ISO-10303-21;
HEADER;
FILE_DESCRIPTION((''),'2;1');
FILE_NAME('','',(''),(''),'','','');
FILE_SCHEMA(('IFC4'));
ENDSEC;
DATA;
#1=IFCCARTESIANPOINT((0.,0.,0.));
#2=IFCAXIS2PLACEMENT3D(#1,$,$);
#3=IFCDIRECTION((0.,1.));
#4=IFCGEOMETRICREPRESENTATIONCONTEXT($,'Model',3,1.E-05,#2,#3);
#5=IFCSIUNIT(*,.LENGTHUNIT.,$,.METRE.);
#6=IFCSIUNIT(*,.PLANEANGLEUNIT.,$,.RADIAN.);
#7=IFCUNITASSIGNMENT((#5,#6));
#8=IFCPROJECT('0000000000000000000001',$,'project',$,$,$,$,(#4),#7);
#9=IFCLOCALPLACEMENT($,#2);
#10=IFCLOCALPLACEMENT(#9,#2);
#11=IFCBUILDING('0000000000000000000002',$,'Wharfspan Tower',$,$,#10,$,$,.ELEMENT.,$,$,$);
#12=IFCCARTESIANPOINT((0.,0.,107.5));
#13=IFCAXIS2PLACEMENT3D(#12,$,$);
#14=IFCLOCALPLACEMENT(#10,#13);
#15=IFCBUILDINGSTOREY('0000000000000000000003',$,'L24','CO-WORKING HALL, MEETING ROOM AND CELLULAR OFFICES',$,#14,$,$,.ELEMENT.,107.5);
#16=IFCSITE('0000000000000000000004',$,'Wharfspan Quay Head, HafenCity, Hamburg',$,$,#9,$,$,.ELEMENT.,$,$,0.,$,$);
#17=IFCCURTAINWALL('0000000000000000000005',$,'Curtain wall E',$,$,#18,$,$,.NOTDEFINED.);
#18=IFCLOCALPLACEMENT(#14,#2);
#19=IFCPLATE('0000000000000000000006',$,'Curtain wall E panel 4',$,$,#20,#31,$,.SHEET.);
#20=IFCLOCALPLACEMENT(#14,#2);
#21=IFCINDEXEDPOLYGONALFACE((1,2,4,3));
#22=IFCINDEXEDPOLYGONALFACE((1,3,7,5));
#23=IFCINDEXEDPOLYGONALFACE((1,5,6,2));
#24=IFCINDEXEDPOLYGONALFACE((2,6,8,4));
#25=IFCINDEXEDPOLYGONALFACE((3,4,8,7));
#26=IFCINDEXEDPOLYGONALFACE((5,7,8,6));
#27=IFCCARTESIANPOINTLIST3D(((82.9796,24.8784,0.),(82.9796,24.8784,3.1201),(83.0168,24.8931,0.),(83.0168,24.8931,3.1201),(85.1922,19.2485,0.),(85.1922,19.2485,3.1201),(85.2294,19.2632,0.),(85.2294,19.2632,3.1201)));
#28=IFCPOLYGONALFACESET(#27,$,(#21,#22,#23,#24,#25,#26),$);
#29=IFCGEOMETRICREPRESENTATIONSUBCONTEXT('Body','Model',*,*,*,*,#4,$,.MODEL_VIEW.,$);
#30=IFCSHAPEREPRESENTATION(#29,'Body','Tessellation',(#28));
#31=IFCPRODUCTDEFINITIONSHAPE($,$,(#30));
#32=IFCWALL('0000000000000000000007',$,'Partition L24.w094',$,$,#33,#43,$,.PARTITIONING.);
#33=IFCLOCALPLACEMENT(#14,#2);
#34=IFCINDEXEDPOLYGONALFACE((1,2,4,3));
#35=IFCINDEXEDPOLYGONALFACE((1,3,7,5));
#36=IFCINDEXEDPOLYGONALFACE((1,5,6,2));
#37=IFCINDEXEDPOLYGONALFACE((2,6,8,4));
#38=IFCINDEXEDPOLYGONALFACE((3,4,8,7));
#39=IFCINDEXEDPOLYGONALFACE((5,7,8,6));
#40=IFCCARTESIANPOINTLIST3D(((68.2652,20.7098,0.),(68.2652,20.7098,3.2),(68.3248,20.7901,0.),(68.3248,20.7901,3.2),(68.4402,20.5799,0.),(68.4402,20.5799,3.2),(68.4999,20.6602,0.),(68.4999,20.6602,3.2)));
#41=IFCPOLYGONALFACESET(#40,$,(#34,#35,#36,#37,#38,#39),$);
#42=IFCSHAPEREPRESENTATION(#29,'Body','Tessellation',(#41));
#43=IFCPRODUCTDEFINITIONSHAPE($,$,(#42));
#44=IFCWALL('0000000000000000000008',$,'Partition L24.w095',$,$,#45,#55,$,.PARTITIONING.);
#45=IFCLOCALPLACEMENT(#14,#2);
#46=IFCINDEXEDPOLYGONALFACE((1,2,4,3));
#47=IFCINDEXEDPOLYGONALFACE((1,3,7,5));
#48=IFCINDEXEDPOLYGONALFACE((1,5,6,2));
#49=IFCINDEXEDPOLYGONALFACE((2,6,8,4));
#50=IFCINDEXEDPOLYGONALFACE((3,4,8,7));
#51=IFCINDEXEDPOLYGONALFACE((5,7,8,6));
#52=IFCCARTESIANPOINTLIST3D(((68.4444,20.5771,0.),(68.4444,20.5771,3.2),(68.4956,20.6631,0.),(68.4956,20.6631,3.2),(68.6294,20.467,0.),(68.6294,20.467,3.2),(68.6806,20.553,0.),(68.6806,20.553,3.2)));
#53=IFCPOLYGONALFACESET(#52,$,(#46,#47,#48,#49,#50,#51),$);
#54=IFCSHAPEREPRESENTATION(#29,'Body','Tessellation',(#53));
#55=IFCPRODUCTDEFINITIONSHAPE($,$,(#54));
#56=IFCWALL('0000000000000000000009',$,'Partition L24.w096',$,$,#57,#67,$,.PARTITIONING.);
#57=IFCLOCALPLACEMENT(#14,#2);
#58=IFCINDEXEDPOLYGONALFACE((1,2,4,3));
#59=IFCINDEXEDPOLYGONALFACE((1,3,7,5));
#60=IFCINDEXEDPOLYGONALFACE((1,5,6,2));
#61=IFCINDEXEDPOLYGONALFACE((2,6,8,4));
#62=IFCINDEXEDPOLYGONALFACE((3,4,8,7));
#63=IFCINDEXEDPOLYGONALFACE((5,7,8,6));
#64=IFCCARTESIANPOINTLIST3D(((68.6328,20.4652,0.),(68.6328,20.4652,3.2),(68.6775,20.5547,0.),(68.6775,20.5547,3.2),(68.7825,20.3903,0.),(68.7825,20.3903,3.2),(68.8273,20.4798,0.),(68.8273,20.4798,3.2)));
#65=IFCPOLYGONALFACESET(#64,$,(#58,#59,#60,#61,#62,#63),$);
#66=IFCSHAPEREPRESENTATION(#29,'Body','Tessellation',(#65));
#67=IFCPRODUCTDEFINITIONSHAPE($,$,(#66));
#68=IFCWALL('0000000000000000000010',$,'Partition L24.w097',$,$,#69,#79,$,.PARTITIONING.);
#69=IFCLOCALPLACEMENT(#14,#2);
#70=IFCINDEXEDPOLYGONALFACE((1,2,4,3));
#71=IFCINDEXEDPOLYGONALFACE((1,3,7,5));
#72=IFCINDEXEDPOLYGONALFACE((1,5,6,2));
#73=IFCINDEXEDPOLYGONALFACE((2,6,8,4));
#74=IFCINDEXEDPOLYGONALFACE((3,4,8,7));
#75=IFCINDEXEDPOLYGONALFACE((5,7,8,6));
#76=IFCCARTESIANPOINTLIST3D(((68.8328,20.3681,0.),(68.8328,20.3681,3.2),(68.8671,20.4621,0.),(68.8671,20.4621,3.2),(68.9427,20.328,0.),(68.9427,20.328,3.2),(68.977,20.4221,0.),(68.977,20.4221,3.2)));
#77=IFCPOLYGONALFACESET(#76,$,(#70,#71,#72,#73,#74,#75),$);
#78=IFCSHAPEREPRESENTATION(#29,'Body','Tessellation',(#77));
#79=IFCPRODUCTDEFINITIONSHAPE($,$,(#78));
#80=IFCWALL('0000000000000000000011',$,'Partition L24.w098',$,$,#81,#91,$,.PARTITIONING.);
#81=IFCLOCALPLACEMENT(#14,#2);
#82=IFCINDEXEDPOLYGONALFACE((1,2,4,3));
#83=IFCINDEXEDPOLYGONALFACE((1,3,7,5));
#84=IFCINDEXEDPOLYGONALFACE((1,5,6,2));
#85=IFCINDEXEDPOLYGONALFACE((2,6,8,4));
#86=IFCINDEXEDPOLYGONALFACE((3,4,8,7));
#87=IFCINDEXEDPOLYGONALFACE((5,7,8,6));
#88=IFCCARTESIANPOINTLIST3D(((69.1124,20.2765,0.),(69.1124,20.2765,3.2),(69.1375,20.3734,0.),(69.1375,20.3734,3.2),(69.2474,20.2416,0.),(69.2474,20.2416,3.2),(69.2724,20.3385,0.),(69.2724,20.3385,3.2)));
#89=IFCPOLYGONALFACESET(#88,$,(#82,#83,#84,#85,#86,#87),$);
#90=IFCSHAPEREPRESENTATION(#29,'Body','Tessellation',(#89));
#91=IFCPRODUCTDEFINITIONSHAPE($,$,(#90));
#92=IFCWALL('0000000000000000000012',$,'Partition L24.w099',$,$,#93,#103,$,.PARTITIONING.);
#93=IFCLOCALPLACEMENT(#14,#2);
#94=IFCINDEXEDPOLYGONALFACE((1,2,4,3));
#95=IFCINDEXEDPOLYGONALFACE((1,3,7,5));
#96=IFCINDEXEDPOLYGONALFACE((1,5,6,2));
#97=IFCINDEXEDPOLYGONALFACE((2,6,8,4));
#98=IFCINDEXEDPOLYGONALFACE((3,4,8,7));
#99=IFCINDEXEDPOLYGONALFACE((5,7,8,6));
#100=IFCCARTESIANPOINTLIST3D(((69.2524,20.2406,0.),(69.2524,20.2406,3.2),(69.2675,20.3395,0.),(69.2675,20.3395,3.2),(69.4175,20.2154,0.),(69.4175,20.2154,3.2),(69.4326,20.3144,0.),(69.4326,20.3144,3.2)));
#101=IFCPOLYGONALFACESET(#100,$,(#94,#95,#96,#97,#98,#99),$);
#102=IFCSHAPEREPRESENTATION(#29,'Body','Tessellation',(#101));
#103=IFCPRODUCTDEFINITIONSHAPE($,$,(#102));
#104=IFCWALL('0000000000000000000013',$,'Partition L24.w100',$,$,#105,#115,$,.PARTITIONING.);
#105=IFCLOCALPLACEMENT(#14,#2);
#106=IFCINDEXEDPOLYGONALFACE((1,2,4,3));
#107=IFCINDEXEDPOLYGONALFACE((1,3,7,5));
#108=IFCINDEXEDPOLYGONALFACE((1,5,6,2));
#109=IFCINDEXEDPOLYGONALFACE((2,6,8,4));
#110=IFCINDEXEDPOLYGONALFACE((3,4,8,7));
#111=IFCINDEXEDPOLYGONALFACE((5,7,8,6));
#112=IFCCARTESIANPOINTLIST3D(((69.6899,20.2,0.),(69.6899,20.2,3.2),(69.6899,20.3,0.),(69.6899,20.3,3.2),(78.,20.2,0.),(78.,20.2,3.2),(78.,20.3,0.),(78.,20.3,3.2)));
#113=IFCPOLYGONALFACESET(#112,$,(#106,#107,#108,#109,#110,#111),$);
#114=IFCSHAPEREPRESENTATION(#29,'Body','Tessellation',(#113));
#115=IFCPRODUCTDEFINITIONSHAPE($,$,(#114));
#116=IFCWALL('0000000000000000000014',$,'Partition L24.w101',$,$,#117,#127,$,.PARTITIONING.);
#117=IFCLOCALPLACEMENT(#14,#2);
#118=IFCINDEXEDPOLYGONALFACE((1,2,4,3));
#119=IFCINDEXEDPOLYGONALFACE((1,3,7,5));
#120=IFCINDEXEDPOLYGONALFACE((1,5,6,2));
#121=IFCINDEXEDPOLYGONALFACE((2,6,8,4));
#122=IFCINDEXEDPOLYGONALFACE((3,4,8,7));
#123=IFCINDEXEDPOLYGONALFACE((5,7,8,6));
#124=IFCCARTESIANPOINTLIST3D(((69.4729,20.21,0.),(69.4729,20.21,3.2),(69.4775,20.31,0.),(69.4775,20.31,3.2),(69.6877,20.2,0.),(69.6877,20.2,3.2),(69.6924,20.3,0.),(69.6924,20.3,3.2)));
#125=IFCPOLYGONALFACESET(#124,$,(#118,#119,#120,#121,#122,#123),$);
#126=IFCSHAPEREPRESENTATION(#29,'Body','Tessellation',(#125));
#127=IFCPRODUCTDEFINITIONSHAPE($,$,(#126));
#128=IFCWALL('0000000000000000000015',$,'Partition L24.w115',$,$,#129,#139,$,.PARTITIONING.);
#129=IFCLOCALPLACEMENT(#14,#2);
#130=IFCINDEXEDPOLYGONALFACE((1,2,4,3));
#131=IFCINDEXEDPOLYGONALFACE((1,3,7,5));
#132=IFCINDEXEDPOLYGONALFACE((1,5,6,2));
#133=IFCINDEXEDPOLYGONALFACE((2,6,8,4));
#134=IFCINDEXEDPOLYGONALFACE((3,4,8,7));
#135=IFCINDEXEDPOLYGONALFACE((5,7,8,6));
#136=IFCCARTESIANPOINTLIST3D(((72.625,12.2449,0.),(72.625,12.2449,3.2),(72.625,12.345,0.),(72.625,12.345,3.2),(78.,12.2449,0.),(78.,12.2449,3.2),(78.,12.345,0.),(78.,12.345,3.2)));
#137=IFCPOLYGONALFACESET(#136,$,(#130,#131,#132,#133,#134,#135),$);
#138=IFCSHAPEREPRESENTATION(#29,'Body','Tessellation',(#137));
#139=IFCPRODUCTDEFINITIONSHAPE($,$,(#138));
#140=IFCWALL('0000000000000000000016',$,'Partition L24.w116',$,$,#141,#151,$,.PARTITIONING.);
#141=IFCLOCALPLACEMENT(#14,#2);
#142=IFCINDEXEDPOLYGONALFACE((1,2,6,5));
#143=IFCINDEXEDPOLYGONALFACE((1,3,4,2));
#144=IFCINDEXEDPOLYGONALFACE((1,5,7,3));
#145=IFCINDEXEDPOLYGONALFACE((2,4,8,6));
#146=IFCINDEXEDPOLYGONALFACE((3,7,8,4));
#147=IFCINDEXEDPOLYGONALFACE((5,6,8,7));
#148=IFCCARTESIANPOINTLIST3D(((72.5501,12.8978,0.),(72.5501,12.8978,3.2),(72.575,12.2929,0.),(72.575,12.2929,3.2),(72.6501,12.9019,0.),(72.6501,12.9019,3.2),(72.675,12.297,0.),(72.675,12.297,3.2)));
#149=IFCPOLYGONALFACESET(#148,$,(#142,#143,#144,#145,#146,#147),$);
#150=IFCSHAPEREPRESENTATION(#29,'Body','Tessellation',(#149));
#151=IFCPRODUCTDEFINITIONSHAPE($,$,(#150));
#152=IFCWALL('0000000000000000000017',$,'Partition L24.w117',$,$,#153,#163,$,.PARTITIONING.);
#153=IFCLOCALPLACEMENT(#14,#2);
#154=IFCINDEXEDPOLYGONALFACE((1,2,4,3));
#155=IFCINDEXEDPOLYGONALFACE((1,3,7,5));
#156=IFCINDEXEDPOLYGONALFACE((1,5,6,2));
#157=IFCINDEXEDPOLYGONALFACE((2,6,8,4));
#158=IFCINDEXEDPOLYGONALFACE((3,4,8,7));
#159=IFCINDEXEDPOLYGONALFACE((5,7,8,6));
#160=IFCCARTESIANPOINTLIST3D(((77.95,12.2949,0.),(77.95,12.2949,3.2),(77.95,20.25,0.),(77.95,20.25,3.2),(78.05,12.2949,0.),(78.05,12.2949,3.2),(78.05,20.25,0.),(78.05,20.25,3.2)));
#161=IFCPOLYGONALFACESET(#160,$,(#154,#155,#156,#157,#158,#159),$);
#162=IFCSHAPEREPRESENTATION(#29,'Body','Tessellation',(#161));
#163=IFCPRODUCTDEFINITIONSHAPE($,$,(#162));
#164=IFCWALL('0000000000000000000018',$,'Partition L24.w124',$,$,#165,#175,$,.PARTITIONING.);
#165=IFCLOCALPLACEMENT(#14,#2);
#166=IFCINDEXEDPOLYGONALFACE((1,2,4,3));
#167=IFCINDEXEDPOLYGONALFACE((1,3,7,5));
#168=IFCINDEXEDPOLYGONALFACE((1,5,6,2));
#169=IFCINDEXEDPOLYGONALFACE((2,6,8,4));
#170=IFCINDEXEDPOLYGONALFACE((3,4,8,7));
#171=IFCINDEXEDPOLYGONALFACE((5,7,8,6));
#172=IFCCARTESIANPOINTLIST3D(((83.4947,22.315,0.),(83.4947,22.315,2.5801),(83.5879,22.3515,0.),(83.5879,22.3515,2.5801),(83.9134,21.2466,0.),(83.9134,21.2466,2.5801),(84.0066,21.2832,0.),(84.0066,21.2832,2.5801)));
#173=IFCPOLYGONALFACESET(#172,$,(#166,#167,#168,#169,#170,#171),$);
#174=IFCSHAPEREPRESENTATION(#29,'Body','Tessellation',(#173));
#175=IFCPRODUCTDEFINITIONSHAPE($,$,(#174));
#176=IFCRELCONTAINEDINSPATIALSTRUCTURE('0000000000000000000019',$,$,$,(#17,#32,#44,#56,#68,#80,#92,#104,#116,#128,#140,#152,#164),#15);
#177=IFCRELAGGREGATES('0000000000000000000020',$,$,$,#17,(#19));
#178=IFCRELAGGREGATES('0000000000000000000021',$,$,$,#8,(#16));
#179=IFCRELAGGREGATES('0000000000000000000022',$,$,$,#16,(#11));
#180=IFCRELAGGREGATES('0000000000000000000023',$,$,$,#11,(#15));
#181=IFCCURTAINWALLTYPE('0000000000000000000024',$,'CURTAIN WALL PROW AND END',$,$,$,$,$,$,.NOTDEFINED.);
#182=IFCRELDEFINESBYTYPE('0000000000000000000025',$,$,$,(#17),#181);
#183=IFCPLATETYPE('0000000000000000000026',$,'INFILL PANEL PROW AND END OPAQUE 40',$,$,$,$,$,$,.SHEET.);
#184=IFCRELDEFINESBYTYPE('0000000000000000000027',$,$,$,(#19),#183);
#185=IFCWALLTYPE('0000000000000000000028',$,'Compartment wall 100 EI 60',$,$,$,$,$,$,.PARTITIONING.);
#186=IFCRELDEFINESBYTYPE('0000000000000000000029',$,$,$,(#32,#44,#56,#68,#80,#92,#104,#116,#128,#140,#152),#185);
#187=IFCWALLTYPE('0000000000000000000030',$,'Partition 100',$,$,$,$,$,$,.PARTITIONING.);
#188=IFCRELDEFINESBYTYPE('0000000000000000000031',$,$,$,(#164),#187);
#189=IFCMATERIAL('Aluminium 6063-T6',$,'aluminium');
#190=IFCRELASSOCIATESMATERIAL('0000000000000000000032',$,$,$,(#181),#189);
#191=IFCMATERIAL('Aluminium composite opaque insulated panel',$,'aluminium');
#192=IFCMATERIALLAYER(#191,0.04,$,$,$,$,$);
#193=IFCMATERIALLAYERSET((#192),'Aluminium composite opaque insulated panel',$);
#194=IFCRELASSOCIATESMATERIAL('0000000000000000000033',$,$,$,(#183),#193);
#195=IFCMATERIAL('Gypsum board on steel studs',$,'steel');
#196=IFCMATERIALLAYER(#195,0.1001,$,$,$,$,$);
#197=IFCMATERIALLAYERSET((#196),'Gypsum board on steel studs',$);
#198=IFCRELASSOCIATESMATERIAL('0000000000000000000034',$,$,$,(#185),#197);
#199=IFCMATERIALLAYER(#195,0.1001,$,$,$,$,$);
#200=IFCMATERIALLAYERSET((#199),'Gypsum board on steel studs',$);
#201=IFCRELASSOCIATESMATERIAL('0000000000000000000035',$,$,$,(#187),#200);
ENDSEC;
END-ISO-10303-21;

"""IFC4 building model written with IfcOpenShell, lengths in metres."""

from ifc_helpers import new_model, si_unit, direction, frame, frame_2d, origin, origin_2d, place, context, subcontext, project, spatial, rectangle, extrude, material, layer, layer_set, type_object, element, aggregate, save


model = new_model("IFC4")

# Units and contexts
model_context = context("Model", 3, precision=1e-05, world=origin(), true_north=direction((0.0, 1.0)))
body_context = subcontext(model_context, "Body", "Model", "MODEL_VIEW")
ifc_project = project(units=[si_unit("LENGTHUNIT", "METRE"), si_unit("PLANEANGLEUNIT", "RADIAN")], contexts=[model_context])

# Site, building, storey
site_placement = place(None, origin())
site = spatial("IfcSite", under=ifc_project, at=site_placement, Name="Wharfspan Quay Head, HafenCity, Hamburg", CompositionType="ELEMENT", RefElevation=0.0)
building_placement = place(site_placement, origin())
building = spatial("IfcBuilding", under=site, at=building_placement, Name="Wharfspan Tower", CompositionType="ELEMENT")
storey_placement = place(building_placement, frame((0.0, 0.0, 107.5)))
storey = spatial("IfcBuildingStorey", under=building, at=storey_placement, Name="L24", Description="CO-WORKING HALL, MEETING ROOM AND CELLULAR OFFICES", CompositionType="ELEMENT", Elevation=107.5)

# Curtain wall
ifc_material_1 = material(Name="Aluminium 6063-T6", Category="aluminium")
curtain_wall_type = type_object("IfcCurtainWallType", Name="CURTAIN WALL PROW AND END", PredefinedType="NOTDEFINED", material=ifc_material_1)
curtain_wall_placement = place(storey_placement, origin())
curtain_wall = element("IfcCurtainWall", 1, at=curtain_wall_placement, inside=storey, type_object=curtain_wall_type, Name="Curtain wall E", PredefinedType="NOTDEFINED")

# Plate
ifc_material_2 = material(Name="Aluminium composite opaque insulated panel", Category="aluminium")
ifc_layer_1 = layer(ifc_material_2, 0.04)
ifc_layer_set_1 = layer_set([ifc_layer_1], Name="Aluminium composite opaque insulated panel")
plate_type = type_object("IfcPlateType", Name="INFILL PANEL PROW AND END OPAQUE 40", PredefinedType="SHEET", material=ifc_layer_set_1)
plate_1_placement = place(storey_placement, frame((84.1045, 22.0708, 0.0), z_axis=(0.0, 0.0, 1.0), x_axis=(-0.365778, 0.930702, 0.0)))
plate_1 = element("IfcPlate", 2, at=plate_1_placement, type_object=plate_type, Name="Curtain wall E panel 4", PredefinedType="SHEET", context=body_context, shape_type="SweptSolid", body=[
    extrude(rectangle(XDim=6.0491, YDim=0.04, at=origin_2d()), origin(), (0.0, 0.0, 1.0), 3.1201),
])
aggregate(curtain_wall, [plate_1])

# Walls
ifc_material_3 = material(Name="Gypsum board on steel studs", Category="steel")
ifc_layer_2 = layer(ifc_material_3, 0.1001)
ifc_layer_set_2 = layer_set([ifc_layer_2], Name="Gypsum board on steel studs")
wall_type_1 = type_object("IfcWallType", Name="Compartment wall 100 EI 60", PredefinedType="PARTITIONING", material=ifc_layer_set_2)
wall_1_placement = place(storey_placement, frame((68.47, 20.6201, 0.0), z_axis=(0.0, 0.0, 1.0), x_axis=(-0.803079, 0.595869, 0.0)))
element("IfcWall", 3, at=wall_1_placement, inside=storey, type_object=wall_type_1, Name="Partition L24.w094", PredefinedType="PARTITIONING", context=body_context, shape_type="SweptSolid", body=[
    extrude(rectangle(XDim=0.218, YDim=0.1001, at=frame_2d((0.1089, 0.0))), origin(), (0.0, 0.0, 1.0), 3.2),
])
wall_2_placement = place(storey_placement, frame((68.655, 20.51, 0.0), z_axis=(0.0, 0.0, 1.0), x_axis=(-0.859387, 0.511324, 0.0)))
element("IfcWall", 4, at=wall_2_placement, inside=storey, type_object=wall_type_1, Name="Partition L24.w095", PredefinedType="PARTITIONING", context=body_context, shape_type="SweptSolid", body=[
    extrude(rectangle(XDim=0.2153, YDim=0.1001, at=frame_2d((0.1077, 0.0))), origin(), (0.0, 0.0, 1.0), 3.2),
])
wall_3_placement = place(storey_placement, frame((68.8049, 20.4351, 0.0), z_axis=(0.0, 0.0, 1.0), x_axis=(-0.894428, 0.447214, 0.0)))
element("IfcWall", 5, at=wall_3_placement, inside=storey, type_object=wall_type_1, Name="Partition L24.w096", PredefinedType="PARTITIONING", context=body_context, shape_type="SweptSolid", body=[
    extrude(rectangle(XDim=0.1675, YDim=0.1001, at=frame_2d((0.0837, 0.0))), origin(), (0.0, 0.0, 1.0), 3.2),
])
wall_4_placement = place(storey_placement, frame((68.96, 20.375, 0.0), z_axis=(0.0, 0.0, 1.0), x_axis=(-0.939545, 0.342412, 0.0)))
element("IfcWall", 6, at=wall_4_placement, inside=storey, type_object=wall_type_1, Name="Partition L24.w097", PredefinedType="PARTITIONING", context=body_context, shape_type="SweptSolid", body=[
    extrude(rectangle(XDim=0.1169, YDim=0.1001, at=frame_2d((0.0586, 0.0))), origin(), (0.0, 0.0, 1.0), 3.2),
])
wall_5_placement = place(storey_placement, frame((69.26, 20.29, 0.0), z_axis=(0.0, 0.0, 1.0), x_axis=(-0.968156, 0.250355, 0.0)))
element("IfcWall", 7, at=wall_5_placement, inside=storey, type_object=wall_type_1, Name="Partition L24.w098", PredefinedType="PARTITIONING", context=body_context, shape_type="SweptSolid", body=[
    extrude(rectangle(XDim=0.1394, YDim=0.1001, at=frame_2d((0.0698, 0.0))), origin(), (0.0, 0.0, 1.0), 3.2),
])
wall_6_placement = place(storey_placement, frame((69.425, 20.2649, 0.0), z_axis=(0.0, 0.0, 1.0), x_axis=(-0.988594, 0.150629, 0.0)))
element("IfcWall", 8, at=wall_6_placement, inside=storey, type_object=wall_type_1, Name="Partition L24.w099", PredefinedType="PARTITIONING", context=body_context, shape_type="SweptSolid", body=[
    extrude(rectangle(XDim=0.167, YDim=0.1001, at=frame_2d((0.0835, 0.0))), origin(), (0.0, 0.0, 1.0), 3.2),
])
wall_7_placement = place(storey_placement, frame((69.6899, 20.25, 0.0), z_axis=(0.0, 0.0, 1.0), x_axis=(1.0, 0.0, 0.0)))
element("IfcWall", 9, at=wall_7_placement, inside=storey, type_object=wall_type_1, Name="Partition L24.w100", PredefinedType="PARTITIONING", context=body_context, shape_type="SweptSolid", body=[
    extrude(rectangle(XDim=8.3101, YDim=0.1001, at=frame_2d((4.155, 0.0))), origin(), (0.0, 0.0, 1.0), 3.2),
])
wall_8_placement = place(storey_placement, frame((69.6899, 20.25, 0.0), z_axis=(0.0, 0.0, 1.0), x_axis=(-0.998912, 0.04654, 0.0)))
element("IfcWall", 10, at=wall_8_placement, inside=storey, type_object=wall_type_1, Name="Partition L24.w101", PredefinedType="PARTITIONING", context=body_context, shape_type="SweptSolid", body=[
    extrude(rectangle(XDim=0.2151, YDim=0.1001, at=frame_2d((0.1074, 0.0))), origin(), (0.0, 0.0, 1.0), 3.2),
])
wall_9_placement = place(storey_placement, frame((72.625, 12.2949, 0.0), z_axis=(0.0, 0.0, 1.0), x_axis=(1.0, 0.0, 0.0)))
element("IfcWall", 11, at=wall_9_placement, inside=storey, type_object=wall_type_1, Name="Partition L24.w115", PredefinedType="PARTITIONING", context=body_context, shape_type="SweptSolid", body=[
    extrude(rectangle(XDim=5.375, YDim=0.1001, at=frame_2d((2.6875, 0.0))), origin(), (0.0, 0.0, 1.0), 3.2),
])
wall_10_placement = place(storey_placement, frame((72.625, 12.2949, 0.0), z_axis=(0.0, 0.0, 1.0), x_axis=(-0.041127, 0.99915, 0.0)))
element("IfcWall", 12, at=wall_10_placement, inside=storey, type_object=wall_type_1, Name="Partition L24.w116", PredefinedType="PARTITIONING", context=body_context, shape_type="SweptSolid", body=[
    extrude(rectangle(XDim=0.6055, YDim=0.1001, at=frame_2d((0.3027, 0.0))), origin(), (0.0, 0.0, 1.0), 3.2),
])
wall_11_placement = place(storey_placement, frame((78.0, 12.2949, 0.0), z_axis=(0.0, 0.0, 1.0), x_axis=(0.0, 1.0, 0.0)))
element("IfcWall", 13, at=wall_11_placement, inside=storey, type_object=wall_type_1, Name="Partition L24.w117", PredefinedType="PARTITIONING", context=body_context, shape_type="SweptSolid", body=[
    extrude(rectangle(XDim=7.9551, YDim=0.1001, at=frame_2d((3.9775, 0.0))), origin(), (0.0, 0.0, 1.0), 3.2),
])
ifc_layer_3 = layer(ifc_material_3, 0.1001)
ifc_layer_set_3 = layer_set([ifc_layer_3], Name="Gypsum board on steel studs")
wall_type_2 = type_object("IfcWallType", Name="Partition 100", PredefinedType="PARTITIONING", material=ifc_layer_set_3)
wall_12_placement = place(storey_placement, frame((83.96, 21.2649, 0.0), z_axis=(0.0, 0.0, 1.0), x_axis=(-0.364889, 0.931052, 0.0)))
element("IfcWall", 14, at=wall_12_placement, inside=storey, type_object=wall_type_2, Name="Partition L24.w124", PredefinedType="PARTITIONING", context=body_context, shape_type="SweptSolid", body=[
    extrude(rectangle(XDim=1.1475, YDim=0.1001, at=frame_2d((0.5737, 0.0))), origin(), (0.0, 0.0, 1.0), 2.5801),
])

save(model, "model.ifc")
